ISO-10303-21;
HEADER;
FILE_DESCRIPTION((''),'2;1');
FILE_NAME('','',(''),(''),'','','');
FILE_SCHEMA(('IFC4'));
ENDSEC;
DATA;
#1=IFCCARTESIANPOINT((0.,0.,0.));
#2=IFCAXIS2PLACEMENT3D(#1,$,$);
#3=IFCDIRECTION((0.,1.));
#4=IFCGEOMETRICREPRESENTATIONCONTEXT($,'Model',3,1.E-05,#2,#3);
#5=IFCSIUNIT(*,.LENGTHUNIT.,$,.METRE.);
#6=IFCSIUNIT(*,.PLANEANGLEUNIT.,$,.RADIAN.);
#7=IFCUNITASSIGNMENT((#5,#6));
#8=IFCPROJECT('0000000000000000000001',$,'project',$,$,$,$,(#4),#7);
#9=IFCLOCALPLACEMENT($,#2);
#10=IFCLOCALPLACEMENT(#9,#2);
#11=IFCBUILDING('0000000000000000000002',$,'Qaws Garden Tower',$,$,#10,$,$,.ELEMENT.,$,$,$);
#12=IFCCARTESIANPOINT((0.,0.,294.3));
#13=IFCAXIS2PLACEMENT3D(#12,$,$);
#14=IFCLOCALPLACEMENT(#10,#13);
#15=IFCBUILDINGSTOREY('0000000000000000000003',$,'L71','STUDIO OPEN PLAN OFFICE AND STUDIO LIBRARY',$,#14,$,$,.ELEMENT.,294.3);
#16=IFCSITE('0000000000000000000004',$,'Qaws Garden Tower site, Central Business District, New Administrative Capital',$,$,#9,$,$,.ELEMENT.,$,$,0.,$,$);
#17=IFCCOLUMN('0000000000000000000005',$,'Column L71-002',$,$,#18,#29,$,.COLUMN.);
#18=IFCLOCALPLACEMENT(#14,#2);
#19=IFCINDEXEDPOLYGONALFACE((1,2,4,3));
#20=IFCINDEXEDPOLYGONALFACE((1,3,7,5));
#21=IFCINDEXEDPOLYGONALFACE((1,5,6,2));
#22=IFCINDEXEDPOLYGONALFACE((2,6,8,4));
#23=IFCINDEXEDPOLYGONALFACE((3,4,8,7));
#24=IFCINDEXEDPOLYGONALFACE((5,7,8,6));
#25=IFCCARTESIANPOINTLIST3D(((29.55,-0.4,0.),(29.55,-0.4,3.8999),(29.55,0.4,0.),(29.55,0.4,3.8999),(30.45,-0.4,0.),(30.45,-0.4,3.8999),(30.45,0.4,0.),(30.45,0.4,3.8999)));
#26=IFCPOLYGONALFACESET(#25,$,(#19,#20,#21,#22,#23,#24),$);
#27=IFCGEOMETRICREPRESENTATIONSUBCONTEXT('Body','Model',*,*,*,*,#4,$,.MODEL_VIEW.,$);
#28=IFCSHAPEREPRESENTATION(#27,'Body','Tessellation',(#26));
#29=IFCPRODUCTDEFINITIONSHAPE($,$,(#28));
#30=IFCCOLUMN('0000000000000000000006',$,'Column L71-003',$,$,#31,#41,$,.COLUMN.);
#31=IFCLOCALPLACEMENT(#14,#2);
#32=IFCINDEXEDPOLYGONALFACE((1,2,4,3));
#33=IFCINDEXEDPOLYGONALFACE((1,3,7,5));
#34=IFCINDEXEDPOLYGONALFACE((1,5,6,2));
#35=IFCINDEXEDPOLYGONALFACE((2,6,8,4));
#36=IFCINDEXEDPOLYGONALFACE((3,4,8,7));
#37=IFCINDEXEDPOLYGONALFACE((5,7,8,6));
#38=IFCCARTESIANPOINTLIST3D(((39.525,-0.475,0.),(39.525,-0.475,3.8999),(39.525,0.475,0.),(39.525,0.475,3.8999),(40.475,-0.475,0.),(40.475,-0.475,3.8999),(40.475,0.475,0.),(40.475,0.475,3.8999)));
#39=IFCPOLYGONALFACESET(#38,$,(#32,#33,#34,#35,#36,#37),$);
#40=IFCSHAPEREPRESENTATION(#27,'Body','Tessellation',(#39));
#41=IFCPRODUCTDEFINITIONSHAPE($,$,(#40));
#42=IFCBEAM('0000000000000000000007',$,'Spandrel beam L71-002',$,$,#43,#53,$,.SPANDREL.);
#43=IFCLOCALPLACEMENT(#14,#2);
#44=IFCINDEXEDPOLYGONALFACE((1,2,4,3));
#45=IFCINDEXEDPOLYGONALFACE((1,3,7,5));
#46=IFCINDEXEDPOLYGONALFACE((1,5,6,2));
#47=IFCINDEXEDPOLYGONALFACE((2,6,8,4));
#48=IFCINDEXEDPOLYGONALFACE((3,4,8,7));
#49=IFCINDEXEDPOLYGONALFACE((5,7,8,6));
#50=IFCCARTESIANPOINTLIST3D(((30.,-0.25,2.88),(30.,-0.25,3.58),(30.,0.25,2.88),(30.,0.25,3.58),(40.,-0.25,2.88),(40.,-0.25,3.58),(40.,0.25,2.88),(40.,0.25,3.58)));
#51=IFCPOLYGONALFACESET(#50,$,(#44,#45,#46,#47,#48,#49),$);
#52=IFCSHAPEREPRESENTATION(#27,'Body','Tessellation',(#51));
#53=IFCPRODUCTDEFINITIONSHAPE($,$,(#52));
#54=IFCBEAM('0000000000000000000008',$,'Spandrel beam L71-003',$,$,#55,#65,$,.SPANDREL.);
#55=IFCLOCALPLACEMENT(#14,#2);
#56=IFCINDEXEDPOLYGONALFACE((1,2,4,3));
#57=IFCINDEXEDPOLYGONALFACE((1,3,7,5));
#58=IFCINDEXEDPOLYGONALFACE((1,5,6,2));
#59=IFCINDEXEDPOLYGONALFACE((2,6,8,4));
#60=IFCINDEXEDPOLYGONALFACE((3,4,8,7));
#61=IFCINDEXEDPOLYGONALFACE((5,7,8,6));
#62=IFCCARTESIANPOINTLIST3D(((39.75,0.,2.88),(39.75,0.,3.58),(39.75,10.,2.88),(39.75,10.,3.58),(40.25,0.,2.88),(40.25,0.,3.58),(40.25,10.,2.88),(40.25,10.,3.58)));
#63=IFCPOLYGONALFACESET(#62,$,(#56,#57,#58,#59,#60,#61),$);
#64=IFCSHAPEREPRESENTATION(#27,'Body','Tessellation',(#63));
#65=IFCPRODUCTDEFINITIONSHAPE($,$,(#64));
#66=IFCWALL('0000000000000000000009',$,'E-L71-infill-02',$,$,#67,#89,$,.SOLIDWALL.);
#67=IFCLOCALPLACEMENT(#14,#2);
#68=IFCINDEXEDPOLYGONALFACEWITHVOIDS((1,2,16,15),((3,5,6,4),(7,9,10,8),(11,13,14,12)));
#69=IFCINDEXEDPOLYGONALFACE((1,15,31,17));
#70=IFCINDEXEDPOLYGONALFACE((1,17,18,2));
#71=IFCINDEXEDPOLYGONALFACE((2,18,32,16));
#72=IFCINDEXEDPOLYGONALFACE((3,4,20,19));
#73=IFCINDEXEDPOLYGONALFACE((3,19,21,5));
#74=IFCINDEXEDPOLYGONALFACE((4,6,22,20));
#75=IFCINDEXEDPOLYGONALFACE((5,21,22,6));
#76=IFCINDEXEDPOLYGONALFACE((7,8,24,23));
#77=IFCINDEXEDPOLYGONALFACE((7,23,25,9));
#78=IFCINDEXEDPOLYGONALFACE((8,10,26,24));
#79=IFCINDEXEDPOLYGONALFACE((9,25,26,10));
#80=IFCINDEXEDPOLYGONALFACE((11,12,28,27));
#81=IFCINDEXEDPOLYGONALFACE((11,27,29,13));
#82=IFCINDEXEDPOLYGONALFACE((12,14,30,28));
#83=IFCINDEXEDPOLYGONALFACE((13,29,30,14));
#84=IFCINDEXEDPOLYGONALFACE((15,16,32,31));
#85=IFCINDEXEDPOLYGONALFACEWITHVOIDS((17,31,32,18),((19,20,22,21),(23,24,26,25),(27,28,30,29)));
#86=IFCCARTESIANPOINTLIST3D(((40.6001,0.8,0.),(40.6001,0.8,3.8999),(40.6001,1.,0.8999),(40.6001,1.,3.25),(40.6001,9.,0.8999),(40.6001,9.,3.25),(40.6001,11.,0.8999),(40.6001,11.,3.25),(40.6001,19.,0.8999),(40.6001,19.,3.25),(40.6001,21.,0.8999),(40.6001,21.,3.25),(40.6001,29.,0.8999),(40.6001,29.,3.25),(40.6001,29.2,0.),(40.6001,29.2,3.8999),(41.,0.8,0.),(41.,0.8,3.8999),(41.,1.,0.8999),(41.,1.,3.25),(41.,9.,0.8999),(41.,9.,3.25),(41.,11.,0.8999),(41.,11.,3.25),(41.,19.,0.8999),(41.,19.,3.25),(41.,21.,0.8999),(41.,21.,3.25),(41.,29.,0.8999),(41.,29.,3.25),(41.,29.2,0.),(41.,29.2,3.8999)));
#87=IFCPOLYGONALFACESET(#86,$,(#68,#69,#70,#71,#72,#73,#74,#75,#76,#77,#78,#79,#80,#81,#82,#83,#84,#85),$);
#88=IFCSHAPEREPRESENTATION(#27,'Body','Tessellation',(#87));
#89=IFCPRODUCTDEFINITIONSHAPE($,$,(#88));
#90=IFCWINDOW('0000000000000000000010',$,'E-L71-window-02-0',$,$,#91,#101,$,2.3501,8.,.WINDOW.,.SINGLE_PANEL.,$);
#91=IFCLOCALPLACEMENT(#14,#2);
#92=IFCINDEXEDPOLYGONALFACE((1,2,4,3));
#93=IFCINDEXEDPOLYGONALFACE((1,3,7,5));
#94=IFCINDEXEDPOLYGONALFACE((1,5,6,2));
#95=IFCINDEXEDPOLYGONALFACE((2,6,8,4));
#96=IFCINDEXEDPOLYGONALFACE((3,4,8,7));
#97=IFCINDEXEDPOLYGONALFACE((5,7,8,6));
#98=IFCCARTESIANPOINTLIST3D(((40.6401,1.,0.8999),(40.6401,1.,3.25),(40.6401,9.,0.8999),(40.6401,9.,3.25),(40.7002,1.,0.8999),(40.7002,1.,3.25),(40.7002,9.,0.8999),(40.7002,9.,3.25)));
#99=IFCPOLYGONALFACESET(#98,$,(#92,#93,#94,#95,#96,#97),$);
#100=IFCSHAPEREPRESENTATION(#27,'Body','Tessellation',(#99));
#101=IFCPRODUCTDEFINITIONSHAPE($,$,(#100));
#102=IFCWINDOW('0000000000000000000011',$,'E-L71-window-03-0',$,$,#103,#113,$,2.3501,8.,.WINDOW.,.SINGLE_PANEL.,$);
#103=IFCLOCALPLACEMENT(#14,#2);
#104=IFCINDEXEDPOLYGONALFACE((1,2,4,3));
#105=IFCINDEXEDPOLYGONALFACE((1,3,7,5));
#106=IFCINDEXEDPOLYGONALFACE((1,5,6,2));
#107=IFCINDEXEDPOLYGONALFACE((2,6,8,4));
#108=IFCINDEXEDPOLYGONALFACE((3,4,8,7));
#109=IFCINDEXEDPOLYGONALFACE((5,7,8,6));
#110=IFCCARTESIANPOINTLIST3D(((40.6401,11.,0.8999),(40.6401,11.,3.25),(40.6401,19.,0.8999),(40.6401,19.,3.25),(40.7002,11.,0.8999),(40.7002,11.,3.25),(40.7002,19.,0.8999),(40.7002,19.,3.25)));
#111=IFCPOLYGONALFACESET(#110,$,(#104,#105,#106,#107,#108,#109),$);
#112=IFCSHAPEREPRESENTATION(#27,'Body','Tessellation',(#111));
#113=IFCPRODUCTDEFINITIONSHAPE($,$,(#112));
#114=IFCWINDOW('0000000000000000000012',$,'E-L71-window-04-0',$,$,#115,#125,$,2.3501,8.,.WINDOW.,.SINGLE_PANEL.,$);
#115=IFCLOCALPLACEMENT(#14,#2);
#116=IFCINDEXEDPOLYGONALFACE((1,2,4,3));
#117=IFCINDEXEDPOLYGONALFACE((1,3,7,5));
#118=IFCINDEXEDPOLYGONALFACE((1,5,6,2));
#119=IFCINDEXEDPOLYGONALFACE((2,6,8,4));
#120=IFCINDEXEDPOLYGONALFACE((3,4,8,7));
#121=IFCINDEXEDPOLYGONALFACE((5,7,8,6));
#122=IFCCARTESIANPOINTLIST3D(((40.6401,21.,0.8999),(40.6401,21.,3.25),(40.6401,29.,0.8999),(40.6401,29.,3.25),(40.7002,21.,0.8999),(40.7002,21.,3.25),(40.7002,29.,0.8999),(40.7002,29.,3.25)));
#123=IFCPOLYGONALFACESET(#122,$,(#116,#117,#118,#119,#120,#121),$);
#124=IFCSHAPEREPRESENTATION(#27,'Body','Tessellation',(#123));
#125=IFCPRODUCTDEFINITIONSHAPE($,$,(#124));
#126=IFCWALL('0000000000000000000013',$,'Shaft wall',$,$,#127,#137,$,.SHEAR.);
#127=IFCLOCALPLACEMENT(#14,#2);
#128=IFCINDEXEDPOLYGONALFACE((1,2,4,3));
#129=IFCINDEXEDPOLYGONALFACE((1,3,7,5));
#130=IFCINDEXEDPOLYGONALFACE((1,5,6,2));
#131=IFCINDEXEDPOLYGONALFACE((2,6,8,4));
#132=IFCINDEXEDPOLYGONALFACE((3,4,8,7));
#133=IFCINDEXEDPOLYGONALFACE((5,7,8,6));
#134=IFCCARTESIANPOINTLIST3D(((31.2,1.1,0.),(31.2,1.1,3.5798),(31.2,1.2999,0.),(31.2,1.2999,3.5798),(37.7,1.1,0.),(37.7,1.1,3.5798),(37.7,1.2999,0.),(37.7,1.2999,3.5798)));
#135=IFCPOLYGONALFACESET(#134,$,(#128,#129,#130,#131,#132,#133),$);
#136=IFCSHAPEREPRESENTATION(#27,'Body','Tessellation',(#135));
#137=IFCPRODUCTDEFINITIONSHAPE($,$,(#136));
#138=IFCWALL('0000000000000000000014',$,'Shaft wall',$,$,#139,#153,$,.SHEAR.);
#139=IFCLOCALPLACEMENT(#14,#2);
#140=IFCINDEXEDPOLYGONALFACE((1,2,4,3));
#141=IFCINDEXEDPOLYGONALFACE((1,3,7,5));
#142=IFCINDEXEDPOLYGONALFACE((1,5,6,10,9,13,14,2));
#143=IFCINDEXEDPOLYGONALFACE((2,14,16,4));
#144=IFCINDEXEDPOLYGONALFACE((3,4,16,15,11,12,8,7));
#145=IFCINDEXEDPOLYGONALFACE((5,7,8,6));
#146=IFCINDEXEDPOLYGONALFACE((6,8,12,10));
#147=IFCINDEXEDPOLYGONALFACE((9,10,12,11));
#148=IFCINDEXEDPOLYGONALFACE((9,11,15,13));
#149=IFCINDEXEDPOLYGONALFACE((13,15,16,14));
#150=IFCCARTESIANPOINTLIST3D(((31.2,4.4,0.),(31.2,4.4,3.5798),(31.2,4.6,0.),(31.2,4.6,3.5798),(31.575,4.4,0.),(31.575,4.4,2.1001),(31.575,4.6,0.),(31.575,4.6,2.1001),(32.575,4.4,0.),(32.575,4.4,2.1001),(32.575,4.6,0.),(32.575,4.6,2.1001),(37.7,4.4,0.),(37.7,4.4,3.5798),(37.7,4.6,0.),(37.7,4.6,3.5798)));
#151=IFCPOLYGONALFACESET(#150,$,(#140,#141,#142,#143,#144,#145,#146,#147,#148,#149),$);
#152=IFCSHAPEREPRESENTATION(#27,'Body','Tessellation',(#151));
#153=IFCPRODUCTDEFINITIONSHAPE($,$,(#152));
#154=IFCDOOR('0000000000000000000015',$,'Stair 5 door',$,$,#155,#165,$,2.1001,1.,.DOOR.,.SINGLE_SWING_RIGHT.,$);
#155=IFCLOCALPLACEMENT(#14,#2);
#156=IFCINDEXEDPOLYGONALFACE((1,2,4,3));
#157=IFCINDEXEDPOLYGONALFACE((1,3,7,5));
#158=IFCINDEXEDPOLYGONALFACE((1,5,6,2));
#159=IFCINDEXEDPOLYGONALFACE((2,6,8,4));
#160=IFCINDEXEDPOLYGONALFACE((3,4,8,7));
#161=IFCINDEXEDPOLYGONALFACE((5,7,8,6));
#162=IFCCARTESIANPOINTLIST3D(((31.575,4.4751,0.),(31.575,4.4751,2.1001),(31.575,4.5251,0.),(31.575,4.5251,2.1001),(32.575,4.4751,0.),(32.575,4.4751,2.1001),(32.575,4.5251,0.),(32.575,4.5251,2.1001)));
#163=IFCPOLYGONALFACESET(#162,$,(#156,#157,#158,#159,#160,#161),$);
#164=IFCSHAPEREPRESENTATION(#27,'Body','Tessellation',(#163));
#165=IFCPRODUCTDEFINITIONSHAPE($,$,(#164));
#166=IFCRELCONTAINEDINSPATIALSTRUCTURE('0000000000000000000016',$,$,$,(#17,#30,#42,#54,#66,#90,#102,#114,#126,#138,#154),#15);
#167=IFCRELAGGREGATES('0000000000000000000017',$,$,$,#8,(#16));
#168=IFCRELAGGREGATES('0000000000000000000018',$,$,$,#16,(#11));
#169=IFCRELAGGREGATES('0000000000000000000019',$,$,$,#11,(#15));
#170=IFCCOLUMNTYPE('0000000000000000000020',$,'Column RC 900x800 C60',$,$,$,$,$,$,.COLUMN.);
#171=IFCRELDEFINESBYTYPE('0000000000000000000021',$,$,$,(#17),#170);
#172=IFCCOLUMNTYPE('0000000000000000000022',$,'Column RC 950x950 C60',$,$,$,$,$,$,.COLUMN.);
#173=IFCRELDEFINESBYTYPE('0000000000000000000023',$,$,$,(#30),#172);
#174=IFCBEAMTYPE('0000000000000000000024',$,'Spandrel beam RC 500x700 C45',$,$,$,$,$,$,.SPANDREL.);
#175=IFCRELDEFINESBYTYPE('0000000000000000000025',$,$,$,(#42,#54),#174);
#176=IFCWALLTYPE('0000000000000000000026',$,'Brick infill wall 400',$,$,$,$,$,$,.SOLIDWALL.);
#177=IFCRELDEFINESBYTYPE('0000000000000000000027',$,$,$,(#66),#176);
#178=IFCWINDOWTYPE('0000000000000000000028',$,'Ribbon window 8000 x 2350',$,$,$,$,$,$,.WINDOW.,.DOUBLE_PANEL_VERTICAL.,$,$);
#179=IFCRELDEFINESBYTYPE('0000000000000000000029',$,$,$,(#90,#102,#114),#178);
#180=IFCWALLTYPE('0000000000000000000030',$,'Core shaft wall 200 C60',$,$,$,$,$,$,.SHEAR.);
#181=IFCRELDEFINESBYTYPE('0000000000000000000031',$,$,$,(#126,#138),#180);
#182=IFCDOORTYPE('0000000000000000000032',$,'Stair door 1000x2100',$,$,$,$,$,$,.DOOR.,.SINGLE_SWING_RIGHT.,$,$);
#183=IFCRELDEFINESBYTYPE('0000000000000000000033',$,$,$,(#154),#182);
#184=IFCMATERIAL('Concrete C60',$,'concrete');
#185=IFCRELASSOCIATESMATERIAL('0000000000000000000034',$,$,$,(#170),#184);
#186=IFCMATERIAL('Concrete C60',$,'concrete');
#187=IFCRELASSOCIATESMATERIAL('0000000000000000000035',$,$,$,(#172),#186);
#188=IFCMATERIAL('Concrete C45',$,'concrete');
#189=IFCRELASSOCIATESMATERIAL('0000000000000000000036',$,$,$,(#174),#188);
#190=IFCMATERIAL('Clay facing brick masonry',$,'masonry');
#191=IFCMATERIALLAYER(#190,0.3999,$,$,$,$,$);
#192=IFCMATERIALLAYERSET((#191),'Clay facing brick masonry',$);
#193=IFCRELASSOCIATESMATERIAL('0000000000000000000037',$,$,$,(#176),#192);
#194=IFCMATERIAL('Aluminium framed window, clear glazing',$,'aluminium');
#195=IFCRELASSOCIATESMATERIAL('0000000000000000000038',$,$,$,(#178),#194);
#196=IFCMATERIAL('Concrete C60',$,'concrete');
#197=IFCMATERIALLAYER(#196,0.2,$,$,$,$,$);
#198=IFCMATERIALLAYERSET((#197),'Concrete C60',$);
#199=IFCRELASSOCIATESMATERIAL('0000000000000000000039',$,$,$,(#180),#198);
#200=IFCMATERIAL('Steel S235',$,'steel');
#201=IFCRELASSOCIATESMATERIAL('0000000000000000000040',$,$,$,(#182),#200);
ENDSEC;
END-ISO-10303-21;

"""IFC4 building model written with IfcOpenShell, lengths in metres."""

from ifc_helpers import new_model, si_unit, direction, frame, frame_2d, origin, origin_2d, place, context, subcontext, project, spatial, rectangle, extrude, material, layer, layer_set, material_profile, profile_set, type_object, element, fill, save


model = new_model("IFC4")

# Units and contexts
model_context = context("Model", 3, precision=1e-05, world=origin(), true_north=direction((0.0, 1.0)))
body_context = subcontext(model_context, "Body", "Model", "MODEL_VIEW")
ifc_project = project(units=[si_unit("LENGTHUNIT", "METRE"), si_unit("PLANEANGLEUNIT", "RADIAN")], contexts=[model_context])

# Site, building, storey
site_placement = place(None, origin())
site = spatial("IfcSite", under=ifc_project, at=site_placement, Name="Qaws Garden Tower site, Central Business District, New Administrative Capital", CompositionType="ELEMENT", RefElevation=0.0)
building_placement = place(site_placement, origin())
building = spatial("IfcBuilding", under=site, at=building_placement, Name="Qaws Garden Tower", CompositionType="ELEMENT")
storey_placement = place(building_placement, frame((0.0, 0.0, 294.3)))
storey = spatial("IfcBuildingStorey", under=building, at=storey_placement, Name="L71", Description="STUDIO OPEN PLAN OFFICE AND STUDIO LIBRARY", CompositionType="ELEMENT", Elevation=294.3)

# Columns
ifc_material_1 = material(Name="Concrete C60", Category="concrete")
ifc_material_profile_1 = material_profile(ifc_material_1, rectangle(XDim=0.8999, YDim=0.8, at=origin_2d()), Name="RC 900x800")
ifc_profile_set_1 = profile_set([ifc_material_profile_1], Name="Concrete C60")
column_type_1 = type_object("IfcColumnType", Name="Column RC 900x800 C60", PredefinedType="COLUMN", material=ifc_profile_set_1)
column_1_placement = place(storey_placement, frame((30.0, 0.0, 0.0), z_axis=(0.0, 0.0, 1.0), x_axis=(1.0, 0.0, 0.0)))
element("IfcColumn", 1, at=column_1_placement, inside=storey, type_object=column_type_1, Name="Column L71-002", PredefinedType="COLUMN", context=body_context, shape_type="SweptSolid", body=[
    extrude(rectangle(XDim=0.8999, YDim=0.8, at=origin_2d()), origin(), (0.0, 0.0, 1.0), 3.8999),
])
ifc_material_2 = material(Name="Concrete C60", Category="concrete")
ifc_material_profile_2 = material_profile(ifc_material_2, rectangle(XDim=0.95, YDim=0.95, at=origin_2d()), Name="RC 950x950")
ifc_profile_set_2 = profile_set([ifc_material_profile_2], Name="Concrete C60")
column_type_2 = type_object("IfcColumnType", Name="Column RC 950x950 C60", PredefinedType="COLUMN", material=ifc_profile_set_2)
column_2_placement = place(storey_placement, frame((40.0, 0.0, 0.0), z_axis=(0.0, 0.0, 1.0), x_axis=(1.0, 0.0, 0.0)))
element("IfcColumn", 2, at=column_2_placement, inside=storey, type_object=column_type_2, Name="Column L71-003", PredefinedType="COLUMN", context=body_context, shape_type="SweptSolid", body=[
    extrude(rectangle(XDim=0.95, YDim=0.95, at=origin_2d()), origin(), (0.0, 0.0, 1.0), 3.8999),
])

# Beams
ifc_material_3 = material(Name="Concrete C45", Category="concrete")
ifc_material_profile_3 = material_profile(ifc_material_3, rectangle(XDim=0.5, YDim=0.7, at=origin_2d()), Name="RC 500x700")
ifc_profile_set_3 = profile_set([ifc_material_profile_3], Name="Concrete C45")
beam_type = type_object("IfcBeamType", Name="Spandrel beam RC 500x700 C45", PredefinedType="SPANDREL", material=ifc_profile_set_3)
for number, where, z_axis, x_axis, name in (
    (3, (30.0, 0.0, 3.23), (1.0, 0.0, 0.0), (0.0, 1.0, 0.0), "Spandrel beam L71-002"),
    (4, (40.0, 0.0, 3.23), (0.0, 1.0, 0.0), (-1.0, 0.0, 0.0), "Spandrel beam L71-003"),
):
    element("IfcBeam", number, at=place(storey_placement, frame(where, z_axis=z_axis, x_axis=x_axis)), inside=storey, type_object=beam_type, Name=name, PredefinedType="SPANDREL", context=body_context, shape_type="SweptSolid", body=[
        extrude(rectangle(XDim=0.5, YDim=0.7, at=origin_2d()), origin(), (0.0, 0.0, 1.0), 10.0),
    ])

# Wall, openings, windows
ifc_material_4 = material(Name="Clay facing brick masonry", Category="masonry")
ifc_layer_1 = layer(ifc_material_4, 0.3999)
ifc_layer_set_1 = layer_set([ifc_layer_1], Name="Clay facing brick masonry")
wall_type_1 = type_object("IfcWallType", Name="Brick infill wall 400", PredefinedType="SOLIDWALL", material=ifc_layer_set_1)
wall_1_placement = place(storey_placement, frame((40.8, 0.8, 0.0), z_axis=(0.0, 0.0, 1.0), x_axis=(0.0, 1.0, 0.0)))
wall_1 = element("IfcWall", 5, at=wall_1_placement, inside=storey, type_object=wall_type_1, Name="E-L71-infill-02", PredefinedType="SOLIDWALL", context=body_context, shape_type="SweptSolid", body=[
    extrude(rectangle(XDim=28.3999, YDim=0.3999, at=frame_2d((14.2, 0.0))), origin(), (0.0, 0.0, 1.0), 3.8999),
])
opening_1_placement = place(wall_1_placement, frame((0.2, 0.0, 0.8999)))
opening_1 = element("IfcOpeningElement", 6, at=opening_1_placement, cuts=wall_1, PredefinedType="OPENING", context=body_context, shape_type="SweptSolid", body=[
    extrude(rectangle(XDim=8.0, YDim=2.3501, at=frame_2d((4.0, 1.175))), frame((0.0, 0.21, 0.0), z_axis=(0.0, -1.0, 0.0), x_axis=(1.0, 0.0, 0.0)), (0.0, 0.0, 1.0), 0.4199),
])
opening_2_placement = place(wall_1_placement, frame((10.2, 0.0, 0.8999)))
opening_2 = element("IfcOpeningElement", 7, at=opening_2_placement, cuts=wall_1, PredefinedType="OPENING", context=body_context, shape_type="SweptSolid", body=[
    extrude(rectangle(XDim=8.0, YDim=2.3501, at=frame_2d((4.0, 1.175))), frame((0.0, 0.21, 0.0), z_axis=(0.0, -1.0, 0.0), x_axis=(1.0, 0.0, 0.0)), (0.0, 0.0, 1.0), 0.4199),
])
opening_3_placement = place(wall_1_placement, frame((20.2, 0.0, 0.8999)))
opening_3 = element("IfcOpeningElement", 8, at=opening_3_placement, cuts=wall_1, PredefinedType="OPENING", context=body_context, shape_type="SweptSolid", body=[
    extrude(rectangle(XDim=8.0, YDim=2.3501, at=frame_2d((4.0, 1.175))), frame((0.0, 0.21, 0.0), z_axis=(0.0, -1.0, 0.0), x_axis=(1.0, 0.0, 0.0)), (0.0, 0.0, 1.0), 0.4199),
])
ifc_material_5 = material(Name="Aluminium framed window, clear glazing", Category="aluminium")
window_type = type_object("IfcWindowType", Name="Ribbon window 8000 x 2350", PartitioningType="DOUBLE_PANEL_VERTICAL", PredefinedType="WINDOW", material=ifc_material_5)
window_1_placement = place(opening_1_placement, origin())
window_1 = element("IfcWindow", 9, at=window_1_placement, inside=storey, type_object=window_type, Name="E-L71-window-02-0", OverallHeight=2.3501, OverallWidth=8.0, PartitioningType="SINGLE_PANEL", PredefinedType="WINDOW", context=body_context, shape_type="SweptSolid", body=[
    extrude(rectangle(XDim=8.0, YDim=2.3501, at=frame_2d((4.0, 1.175))), frame((0.0, 0.1599, 0.0), z_axis=(0.0, -1.0, 0.0), x_axis=(1.0, 0.0, 0.0)), (0.0, 0.0, 1.0), 0.0601),
])
fill(opening_1, window_1)
window_2_placement = place(opening_2_placement, origin())
window_2 = element("IfcWindow", 10, at=window_2_placement, inside=storey, type_object=window_type, Name="E-L71-window-03-0", OverallHeight=2.3501, OverallWidth=8.0, PartitioningType="SINGLE_PANEL", PredefinedType="WINDOW", context=body_context, shape_type="SweptSolid", body=[
    extrude(rectangle(XDim=8.0, YDim=2.3501, at=frame_2d((4.0, 1.175))), frame((0.0, 0.1599, 0.0), z_axis=(0.0, -1.0, 0.0), x_axis=(1.0, 0.0, 0.0)), (0.0, 0.0, 1.0), 0.0601),
])
fill(opening_2, window_2)
window_3_placement = place(opening_3_placement, origin())
window_3 = element("IfcWindow", 11, at=window_3_placement, inside=storey, type_object=window_type, Name="E-L71-window-04-0", OverallHeight=2.3501, OverallWidth=8.0, PartitioningType="SINGLE_PANEL", PredefinedType="WINDOW", context=body_context, shape_type="SweptSolid", body=[
    extrude(rectangle(XDim=8.0, YDim=2.3501, at=frame_2d((4.0, 1.175))), frame((0.0, 0.1599, 0.0), z_axis=(0.0, -1.0, 0.0), x_axis=(1.0, 0.0, 0.0)), (0.0, 0.0, 1.0), 0.0601),
])
fill(opening_3, window_3)

# Wall
ifc_material_6 = material(Name="Concrete C60", Category="concrete")
ifc_layer_2 = layer(ifc_material_6, 0.2)
ifc_layer_set_2 = layer_set([ifc_layer_2], Name="Concrete C60")
wall_type_2 = type_object("IfcWallType", Name="Core shaft wall 200 C60", PredefinedType="SHEAR", material=ifc_layer_set_2)
wall_2_placement = place(storey_placement, frame((31.2, 1.2, 0.0), z_axis=(0.0, 0.0, 1.0), x_axis=(1.0, 0.0, 0.0)))
element("IfcWall", 12, at=wall_2_placement, inside=storey, type_object=wall_type_2, Name="Shaft wall", PredefinedType="SHEAR", context=body_context, shape_type="SweptSolid", body=[
    extrude(rectangle(XDim=6.5, YDim=0.2, at=frame_2d((3.25, 0.0))), origin(), (0.0, 0.0, 1.0), 3.5798),
])

# Wall, opening, door
wall_3_placement = place(storey_placement, frame((31.2, 4.5, 0.0), z_axis=(0.0, 0.0, 1.0), x_axis=(1.0, 0.0, 0.0)))
wall_3 = element("IfcWall", 13, at=wall_3_placement, inside=storey, type_object=wall_type_2, Name="Shaft wall", PredefinedType="SHEAR", context=body_context, shape_type="SweptSolid", body=[
    extrude(rectangle(XDim=6.5, YDim=0.2, at=frame_2d((3.25, 0.0))), origin(), (0.0, 0.0, 1.0), 3.5798),
])
opening_4_placement = place(wall_3_placement, frame((0.375, 0.0, 0.0)))
opening_4 = element("IfcOpeningElement", 14, at=opening_4_placement, cuts=wall_3, PredefinedType="OPENING", context=body_context, shape_type="SweptSolid", body=[
    extrude(rectangle(XDim=1.0, YDim=2.1001, at=frame_2d((0.5, 1.05))), frame((0.0, 0.1099, 0.0), z_axis=(0.0, -1.0, 0.0), x_axis=(1.0, 0.0, 0.0)), (0.0, 0.0, 1.0), 0.22),
])
ifc_material_7 = material(Name="Steel S235", Category="steel")
door_type = type_object("IfcDoorType", Name="Stair door 1000x2100", OperationType="SINGLE_SWING_RIGHT", PredefinedType="DOOR", material=ifc_material_7)
door_placement = place(opening_4_placement, frame((1.0, 0.0, 0.0), z_axis=(0.0, 0.0, 1.0), x_axis=(-1.0, 0.0, 0.0)))
door = element("IfcDoor", 15, at=door_placement, inside=storey, type_object=door_type, Name="Stair 5 door", OperationType="SINGLE_SWING_RIGHT", OverallHeight=2.1001, OverallWidth=1.0, PredefinedType="DOOR", context=body_context, shape_type="SweptSolid", body=[
    extrude(rectangle(XDim=1.0, YDim=2.1001, at=frame_2d((0.5, 1.05))), frame((0.0, 0.0249, 0.0), z_axis=(0.0, -1.0, 0.0), x_axis=(1.0, 0.0, 0.0)), (0.0, 0.0, 1.0), 0.05),
])
fill(opening_4, door)

save(model, "model.ifc")
